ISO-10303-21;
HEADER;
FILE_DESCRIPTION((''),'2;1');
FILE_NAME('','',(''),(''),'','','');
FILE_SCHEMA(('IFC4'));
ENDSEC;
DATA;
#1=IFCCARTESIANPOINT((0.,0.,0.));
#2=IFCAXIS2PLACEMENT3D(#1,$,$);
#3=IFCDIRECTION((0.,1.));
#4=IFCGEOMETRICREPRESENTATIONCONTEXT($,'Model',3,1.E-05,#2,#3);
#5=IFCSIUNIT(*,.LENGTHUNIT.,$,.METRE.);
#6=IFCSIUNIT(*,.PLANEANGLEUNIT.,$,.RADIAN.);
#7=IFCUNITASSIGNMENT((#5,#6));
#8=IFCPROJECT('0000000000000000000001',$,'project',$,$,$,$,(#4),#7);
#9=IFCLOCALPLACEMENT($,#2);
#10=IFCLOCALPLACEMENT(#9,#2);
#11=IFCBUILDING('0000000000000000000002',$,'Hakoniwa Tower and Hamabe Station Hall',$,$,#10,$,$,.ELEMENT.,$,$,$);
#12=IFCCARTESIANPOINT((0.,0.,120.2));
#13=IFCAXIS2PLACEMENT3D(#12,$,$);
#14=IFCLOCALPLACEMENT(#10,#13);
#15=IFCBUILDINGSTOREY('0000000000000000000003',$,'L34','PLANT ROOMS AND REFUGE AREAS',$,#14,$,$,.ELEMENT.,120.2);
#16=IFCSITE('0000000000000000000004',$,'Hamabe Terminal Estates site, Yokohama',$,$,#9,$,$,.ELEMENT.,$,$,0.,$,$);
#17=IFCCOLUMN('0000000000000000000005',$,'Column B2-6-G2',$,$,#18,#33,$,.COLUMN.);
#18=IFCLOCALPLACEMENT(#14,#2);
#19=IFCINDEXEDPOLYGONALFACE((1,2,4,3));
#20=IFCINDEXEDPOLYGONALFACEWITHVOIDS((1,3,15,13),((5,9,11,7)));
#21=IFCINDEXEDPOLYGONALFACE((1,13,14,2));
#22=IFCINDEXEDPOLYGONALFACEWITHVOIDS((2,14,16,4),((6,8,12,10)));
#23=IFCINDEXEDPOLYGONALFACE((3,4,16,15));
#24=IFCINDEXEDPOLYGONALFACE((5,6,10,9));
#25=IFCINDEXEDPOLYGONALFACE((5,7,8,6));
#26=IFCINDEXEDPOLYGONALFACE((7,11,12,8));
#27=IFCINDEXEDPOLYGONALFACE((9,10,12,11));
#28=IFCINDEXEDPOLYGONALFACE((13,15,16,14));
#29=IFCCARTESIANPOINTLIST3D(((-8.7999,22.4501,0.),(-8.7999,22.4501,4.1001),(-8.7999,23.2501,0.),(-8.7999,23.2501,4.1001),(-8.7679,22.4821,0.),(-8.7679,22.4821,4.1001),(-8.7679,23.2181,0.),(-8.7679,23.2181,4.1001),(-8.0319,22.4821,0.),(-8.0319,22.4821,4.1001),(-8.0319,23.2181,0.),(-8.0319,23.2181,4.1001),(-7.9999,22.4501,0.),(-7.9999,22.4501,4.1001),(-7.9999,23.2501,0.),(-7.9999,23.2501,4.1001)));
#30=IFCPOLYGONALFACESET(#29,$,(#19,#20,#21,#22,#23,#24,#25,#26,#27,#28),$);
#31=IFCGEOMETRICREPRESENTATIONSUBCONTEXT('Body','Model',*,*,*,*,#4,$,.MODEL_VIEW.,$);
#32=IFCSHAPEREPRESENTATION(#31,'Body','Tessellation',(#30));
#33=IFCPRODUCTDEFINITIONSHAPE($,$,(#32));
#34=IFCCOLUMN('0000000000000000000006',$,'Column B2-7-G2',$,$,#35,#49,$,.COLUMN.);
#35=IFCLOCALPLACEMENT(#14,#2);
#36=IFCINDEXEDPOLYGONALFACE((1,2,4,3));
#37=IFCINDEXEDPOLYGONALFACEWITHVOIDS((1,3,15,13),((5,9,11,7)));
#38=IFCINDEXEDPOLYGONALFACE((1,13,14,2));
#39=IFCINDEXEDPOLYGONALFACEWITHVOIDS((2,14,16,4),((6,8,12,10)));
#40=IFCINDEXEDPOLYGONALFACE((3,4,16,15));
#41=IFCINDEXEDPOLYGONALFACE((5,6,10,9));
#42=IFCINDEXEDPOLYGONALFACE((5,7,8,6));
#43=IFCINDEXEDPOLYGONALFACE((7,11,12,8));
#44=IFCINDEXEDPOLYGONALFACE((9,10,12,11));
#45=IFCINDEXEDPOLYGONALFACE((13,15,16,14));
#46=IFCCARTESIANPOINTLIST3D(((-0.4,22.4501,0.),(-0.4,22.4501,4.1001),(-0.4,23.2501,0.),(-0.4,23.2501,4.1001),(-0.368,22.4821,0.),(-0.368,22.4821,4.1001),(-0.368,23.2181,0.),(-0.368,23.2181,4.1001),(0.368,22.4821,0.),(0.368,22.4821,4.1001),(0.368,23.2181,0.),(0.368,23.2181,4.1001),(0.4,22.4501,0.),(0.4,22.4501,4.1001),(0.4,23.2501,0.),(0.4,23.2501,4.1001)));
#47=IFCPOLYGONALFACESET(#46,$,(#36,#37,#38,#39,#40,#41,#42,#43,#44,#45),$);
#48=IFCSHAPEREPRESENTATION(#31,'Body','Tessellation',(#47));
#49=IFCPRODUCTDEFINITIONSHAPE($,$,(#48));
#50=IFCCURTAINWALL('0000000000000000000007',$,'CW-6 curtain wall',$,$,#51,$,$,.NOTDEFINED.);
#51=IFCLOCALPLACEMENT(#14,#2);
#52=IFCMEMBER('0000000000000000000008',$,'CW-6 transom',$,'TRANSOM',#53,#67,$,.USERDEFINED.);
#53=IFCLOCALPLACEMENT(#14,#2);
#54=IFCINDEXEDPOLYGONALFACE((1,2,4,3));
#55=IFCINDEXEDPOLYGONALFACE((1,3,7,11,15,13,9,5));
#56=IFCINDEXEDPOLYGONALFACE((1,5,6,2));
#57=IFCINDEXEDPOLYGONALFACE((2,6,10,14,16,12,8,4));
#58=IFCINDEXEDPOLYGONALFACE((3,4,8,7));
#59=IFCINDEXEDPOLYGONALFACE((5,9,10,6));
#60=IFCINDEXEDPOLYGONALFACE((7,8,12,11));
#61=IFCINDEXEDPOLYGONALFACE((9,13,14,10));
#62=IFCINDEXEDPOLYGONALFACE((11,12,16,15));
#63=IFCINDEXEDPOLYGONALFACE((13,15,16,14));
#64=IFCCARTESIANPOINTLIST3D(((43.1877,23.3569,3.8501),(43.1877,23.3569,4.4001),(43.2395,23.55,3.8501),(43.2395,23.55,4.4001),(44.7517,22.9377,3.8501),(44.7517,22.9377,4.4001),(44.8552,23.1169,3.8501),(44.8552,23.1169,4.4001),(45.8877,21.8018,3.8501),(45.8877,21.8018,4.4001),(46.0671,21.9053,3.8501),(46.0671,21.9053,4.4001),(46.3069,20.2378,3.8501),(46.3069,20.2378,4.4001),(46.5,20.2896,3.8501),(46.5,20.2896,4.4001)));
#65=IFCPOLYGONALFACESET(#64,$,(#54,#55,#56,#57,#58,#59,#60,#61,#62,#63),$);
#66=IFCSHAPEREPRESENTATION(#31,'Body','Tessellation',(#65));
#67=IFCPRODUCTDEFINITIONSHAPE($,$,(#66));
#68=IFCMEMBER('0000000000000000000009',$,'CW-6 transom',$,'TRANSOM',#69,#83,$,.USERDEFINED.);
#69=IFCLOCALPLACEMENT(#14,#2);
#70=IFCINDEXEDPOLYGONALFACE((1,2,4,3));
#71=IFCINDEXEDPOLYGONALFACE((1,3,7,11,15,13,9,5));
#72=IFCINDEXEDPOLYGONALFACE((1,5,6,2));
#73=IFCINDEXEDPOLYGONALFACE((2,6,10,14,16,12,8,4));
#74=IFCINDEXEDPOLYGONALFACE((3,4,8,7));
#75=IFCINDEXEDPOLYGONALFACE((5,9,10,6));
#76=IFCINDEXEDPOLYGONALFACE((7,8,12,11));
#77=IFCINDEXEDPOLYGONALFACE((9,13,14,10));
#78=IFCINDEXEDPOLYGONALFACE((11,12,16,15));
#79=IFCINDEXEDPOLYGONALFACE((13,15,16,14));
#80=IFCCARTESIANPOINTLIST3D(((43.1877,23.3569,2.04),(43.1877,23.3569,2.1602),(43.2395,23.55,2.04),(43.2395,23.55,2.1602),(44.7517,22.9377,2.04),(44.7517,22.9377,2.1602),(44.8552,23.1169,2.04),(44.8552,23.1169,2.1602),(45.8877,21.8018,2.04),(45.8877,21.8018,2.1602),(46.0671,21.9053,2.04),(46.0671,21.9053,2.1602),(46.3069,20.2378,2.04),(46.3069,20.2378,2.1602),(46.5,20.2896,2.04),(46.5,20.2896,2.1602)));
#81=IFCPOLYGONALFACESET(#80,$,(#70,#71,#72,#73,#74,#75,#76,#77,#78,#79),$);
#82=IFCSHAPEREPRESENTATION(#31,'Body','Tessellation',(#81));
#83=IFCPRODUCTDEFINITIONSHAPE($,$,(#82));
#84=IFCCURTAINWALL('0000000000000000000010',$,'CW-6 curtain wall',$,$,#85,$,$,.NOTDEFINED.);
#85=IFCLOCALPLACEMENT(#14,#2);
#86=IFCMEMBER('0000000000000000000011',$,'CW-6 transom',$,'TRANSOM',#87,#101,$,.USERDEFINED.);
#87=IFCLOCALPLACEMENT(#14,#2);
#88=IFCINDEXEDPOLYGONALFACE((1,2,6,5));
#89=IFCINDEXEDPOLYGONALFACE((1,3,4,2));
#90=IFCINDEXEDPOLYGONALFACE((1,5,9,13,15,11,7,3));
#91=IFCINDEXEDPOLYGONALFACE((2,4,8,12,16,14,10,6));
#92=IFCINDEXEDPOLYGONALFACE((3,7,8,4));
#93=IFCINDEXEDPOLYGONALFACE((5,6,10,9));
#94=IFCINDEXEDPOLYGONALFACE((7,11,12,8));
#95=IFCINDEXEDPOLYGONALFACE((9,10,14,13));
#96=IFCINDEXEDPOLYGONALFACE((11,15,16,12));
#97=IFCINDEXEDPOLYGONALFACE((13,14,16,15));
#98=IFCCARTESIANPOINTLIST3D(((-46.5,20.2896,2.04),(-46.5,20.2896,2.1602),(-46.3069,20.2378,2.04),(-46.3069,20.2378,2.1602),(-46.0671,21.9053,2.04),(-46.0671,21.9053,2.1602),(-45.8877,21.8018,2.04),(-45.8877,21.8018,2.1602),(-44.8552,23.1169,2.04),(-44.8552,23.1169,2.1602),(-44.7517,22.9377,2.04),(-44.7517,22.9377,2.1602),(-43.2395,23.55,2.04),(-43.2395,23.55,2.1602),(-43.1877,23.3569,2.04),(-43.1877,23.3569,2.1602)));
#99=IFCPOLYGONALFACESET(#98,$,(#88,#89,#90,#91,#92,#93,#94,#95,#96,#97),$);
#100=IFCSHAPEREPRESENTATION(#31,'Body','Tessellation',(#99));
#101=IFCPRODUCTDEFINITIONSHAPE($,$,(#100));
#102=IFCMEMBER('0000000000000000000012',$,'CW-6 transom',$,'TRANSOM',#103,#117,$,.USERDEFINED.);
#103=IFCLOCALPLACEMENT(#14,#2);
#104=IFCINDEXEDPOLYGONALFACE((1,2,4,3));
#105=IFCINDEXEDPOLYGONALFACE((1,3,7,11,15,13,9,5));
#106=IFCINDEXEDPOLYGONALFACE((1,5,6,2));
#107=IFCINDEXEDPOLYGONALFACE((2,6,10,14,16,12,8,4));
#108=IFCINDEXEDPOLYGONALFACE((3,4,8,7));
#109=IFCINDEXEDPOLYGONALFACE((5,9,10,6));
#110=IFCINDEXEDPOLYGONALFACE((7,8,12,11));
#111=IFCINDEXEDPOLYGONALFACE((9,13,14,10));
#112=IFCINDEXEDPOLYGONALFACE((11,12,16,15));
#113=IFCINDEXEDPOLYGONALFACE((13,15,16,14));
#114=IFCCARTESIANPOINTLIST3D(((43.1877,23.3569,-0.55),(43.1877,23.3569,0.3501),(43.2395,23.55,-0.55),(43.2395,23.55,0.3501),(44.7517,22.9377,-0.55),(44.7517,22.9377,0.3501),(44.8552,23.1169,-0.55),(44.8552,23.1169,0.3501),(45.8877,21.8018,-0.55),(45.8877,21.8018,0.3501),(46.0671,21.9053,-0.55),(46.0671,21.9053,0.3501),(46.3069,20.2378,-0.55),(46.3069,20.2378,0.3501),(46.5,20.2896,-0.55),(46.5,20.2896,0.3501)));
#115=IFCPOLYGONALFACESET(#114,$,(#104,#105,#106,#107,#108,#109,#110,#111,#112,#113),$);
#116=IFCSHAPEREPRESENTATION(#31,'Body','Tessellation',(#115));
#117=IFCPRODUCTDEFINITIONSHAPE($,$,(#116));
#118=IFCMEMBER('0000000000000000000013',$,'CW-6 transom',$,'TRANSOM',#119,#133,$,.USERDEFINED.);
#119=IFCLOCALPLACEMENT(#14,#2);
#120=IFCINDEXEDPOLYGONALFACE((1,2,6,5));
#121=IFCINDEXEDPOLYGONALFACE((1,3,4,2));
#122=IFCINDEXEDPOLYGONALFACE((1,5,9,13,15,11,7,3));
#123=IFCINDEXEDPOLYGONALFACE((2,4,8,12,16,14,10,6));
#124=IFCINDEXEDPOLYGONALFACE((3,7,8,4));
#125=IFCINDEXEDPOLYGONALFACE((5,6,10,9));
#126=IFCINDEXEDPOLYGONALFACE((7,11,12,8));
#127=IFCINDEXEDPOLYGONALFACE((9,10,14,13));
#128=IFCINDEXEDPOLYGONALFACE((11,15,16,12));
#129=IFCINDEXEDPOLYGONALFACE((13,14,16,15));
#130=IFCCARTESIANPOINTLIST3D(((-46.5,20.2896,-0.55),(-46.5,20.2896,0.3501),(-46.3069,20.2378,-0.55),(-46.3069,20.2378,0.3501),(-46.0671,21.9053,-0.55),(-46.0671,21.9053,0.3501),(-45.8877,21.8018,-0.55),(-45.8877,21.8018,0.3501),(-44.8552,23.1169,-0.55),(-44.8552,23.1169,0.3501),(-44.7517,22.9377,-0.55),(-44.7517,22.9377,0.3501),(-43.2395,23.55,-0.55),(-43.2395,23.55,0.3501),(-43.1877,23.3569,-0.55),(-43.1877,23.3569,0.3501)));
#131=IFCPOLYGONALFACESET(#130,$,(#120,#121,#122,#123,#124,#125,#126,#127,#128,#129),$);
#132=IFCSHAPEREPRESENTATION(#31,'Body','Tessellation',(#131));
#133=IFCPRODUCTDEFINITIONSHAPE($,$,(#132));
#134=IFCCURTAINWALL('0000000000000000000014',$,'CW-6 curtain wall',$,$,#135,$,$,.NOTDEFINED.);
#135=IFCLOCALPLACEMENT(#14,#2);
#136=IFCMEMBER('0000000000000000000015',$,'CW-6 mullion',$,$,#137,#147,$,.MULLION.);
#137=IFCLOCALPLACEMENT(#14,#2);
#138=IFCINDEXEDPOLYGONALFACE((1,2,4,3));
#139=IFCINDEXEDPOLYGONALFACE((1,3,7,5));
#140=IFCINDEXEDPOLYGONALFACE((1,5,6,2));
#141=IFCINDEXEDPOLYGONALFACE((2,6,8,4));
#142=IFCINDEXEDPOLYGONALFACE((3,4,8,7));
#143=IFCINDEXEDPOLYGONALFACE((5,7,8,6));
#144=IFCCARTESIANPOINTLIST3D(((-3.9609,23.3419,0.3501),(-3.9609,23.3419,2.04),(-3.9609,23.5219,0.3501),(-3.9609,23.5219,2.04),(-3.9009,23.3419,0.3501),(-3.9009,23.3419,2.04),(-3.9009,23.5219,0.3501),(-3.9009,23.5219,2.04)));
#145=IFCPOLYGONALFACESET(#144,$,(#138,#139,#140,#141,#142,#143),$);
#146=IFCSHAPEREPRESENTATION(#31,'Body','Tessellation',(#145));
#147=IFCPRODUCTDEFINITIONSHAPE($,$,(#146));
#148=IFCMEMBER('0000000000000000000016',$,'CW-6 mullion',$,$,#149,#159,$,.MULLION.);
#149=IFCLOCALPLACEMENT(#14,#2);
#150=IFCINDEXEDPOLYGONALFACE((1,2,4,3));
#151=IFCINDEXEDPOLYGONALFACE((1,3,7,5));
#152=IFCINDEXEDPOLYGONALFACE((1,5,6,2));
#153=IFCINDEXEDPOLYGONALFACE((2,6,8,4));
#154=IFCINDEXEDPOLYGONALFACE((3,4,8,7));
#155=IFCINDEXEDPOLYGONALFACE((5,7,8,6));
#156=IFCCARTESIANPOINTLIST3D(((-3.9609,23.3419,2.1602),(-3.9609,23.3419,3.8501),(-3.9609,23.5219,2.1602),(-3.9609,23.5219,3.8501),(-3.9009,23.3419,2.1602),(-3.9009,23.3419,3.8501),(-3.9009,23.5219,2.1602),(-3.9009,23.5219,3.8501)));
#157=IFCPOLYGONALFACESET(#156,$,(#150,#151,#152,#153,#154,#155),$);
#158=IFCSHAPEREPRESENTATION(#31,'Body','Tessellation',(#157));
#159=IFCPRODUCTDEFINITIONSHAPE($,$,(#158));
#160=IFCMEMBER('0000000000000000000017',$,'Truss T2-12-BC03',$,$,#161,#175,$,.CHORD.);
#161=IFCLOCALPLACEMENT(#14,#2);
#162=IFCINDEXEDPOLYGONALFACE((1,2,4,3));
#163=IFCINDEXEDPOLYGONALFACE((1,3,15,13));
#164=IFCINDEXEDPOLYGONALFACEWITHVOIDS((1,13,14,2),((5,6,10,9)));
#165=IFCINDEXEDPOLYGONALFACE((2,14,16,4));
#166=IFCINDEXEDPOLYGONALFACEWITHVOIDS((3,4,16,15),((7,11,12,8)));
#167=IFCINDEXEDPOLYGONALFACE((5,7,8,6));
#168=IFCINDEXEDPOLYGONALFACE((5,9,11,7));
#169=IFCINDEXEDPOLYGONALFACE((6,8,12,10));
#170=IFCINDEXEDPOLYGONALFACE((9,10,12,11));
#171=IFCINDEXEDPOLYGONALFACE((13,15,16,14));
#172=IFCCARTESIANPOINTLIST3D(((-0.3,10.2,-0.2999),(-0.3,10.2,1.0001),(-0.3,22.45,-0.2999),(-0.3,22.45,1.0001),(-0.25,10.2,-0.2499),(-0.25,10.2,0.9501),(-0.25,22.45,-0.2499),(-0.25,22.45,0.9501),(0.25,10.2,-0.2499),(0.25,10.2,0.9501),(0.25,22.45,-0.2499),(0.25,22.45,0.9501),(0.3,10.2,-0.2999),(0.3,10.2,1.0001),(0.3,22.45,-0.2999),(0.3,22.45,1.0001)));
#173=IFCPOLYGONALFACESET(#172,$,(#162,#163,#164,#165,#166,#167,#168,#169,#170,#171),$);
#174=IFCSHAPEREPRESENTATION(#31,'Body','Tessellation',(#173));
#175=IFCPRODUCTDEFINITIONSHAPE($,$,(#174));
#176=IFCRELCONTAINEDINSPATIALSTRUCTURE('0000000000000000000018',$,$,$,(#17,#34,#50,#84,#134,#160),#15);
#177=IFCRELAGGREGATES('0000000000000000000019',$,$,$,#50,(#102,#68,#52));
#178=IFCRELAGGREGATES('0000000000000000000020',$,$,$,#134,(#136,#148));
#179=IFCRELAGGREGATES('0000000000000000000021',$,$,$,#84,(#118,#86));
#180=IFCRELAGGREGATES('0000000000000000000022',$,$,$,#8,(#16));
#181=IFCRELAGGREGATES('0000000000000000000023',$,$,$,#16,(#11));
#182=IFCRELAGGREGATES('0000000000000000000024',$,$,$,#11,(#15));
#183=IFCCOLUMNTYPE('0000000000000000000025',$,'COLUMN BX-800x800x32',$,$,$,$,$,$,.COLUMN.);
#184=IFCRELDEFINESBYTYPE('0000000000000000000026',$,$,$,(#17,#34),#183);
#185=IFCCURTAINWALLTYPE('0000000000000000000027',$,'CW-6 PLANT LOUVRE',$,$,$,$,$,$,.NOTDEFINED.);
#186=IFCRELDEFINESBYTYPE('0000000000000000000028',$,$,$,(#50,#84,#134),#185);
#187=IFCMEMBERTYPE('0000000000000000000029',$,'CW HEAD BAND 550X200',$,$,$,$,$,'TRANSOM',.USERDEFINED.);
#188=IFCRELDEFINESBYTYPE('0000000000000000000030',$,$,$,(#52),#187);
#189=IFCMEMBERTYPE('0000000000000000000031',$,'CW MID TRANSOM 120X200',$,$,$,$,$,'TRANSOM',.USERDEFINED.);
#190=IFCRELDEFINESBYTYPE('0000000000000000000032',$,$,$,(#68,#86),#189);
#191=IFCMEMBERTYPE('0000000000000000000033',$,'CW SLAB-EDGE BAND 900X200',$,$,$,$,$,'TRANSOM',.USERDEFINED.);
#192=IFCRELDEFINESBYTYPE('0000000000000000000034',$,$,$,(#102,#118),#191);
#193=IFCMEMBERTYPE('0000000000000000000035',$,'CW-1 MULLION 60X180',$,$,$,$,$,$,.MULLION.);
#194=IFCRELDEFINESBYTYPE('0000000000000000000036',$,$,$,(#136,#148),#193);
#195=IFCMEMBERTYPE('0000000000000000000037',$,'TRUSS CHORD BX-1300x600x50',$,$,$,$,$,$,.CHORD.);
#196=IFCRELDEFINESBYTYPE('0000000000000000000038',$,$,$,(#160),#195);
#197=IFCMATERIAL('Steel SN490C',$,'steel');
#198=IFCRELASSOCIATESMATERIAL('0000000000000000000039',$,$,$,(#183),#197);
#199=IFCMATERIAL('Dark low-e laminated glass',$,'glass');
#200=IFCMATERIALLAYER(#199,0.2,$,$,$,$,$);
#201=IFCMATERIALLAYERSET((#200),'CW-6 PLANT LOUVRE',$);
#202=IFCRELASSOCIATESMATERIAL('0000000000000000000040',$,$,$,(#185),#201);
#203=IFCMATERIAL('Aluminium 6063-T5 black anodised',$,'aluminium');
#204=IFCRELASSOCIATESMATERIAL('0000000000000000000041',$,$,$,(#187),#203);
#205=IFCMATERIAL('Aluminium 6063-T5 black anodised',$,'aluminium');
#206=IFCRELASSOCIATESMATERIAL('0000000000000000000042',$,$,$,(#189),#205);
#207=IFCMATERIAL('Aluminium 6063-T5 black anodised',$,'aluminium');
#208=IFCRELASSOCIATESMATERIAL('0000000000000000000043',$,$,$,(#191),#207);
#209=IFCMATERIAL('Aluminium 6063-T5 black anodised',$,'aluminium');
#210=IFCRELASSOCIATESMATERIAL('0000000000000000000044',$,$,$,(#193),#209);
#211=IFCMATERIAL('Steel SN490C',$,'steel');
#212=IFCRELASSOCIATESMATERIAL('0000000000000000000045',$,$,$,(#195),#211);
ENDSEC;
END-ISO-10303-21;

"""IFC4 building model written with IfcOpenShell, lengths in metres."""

from ifc_helpers import new_model, si_unit, direction, frame, origin, origin_2d, place, context, subcontext, project, spatial, polyline, rectangle, hollow_rectangle, outline, extrude, material, layer, layer_set, material_profile, profile_set, type_object, element, aggregate, save


model = new_model("IFC4")

# Units and contexts
model_context = context("Model", 3, precision=1e-05, world=origin(), true_north=direction((0.0, 1.0)))
body_context = subcontext(model_context, "Body", "Model", "MODEL_VIEW")
ifc_project = project(units=[si_unit("LENGTHUNIT", "METRE"), si_unit("PLANEANGLEUNIT", "RADIAN")], contexts=[model_context])

# Site, building, storey
site_placement = place(None, origin())
site = spatial("IfcSite", under=ifc_project, at=site_placement, Name="Hamabe Terminal Estates site, Yokohama", CompositionType="ELEMENT", RefElevation=0.0)
building_placement = place(site_placement, origin())
building = spatial("IfcBuilding", under=site, at=building_placement, Name="Hakoniwa Tower and Hamabe Station Hall", CompositionType="ELEMENT")
storey_placement = place(building_placement, frame((0.0, 0.0, 120.2)))
storey = spatial("IfcBuildingStorey", under=building, at=storey_placement, Name="L34", Description="PLANT ROOMS AND REFUGE AREAS", CompositionType="ELEMENT", Elevation=120.2)

# Columns
ifc_material_1 = material(Name="Steel SN490C", Category="steel")
ifc_material_profile_1 = material_profile(ifc_material_1, hollow_rectangle(XDim=0.8, YDim=0.8, WallThickness=0.032, at=origin_2d()), Name="BX-800x800x32")
ifc_profile_set_1 = profile_set([ifc_material_profile_1], Name="Steel SN490C")
column_type = type_object("IfcColumnType", Name="COLUMN BX-800x800x32", PredefinedType="COLUMN", material=ifc_profile_set_1)
for number, where, z_axis, x_axis, name in (
    (1, (-8.3999, 22.8501, 0.0), (0.0, 0.0, 1.0), (1.0, 0.0, 0.0), "Column B2-6-G2"),
    (2, (0.0, 22.8501, 0.0), (0.0, 0.0, 1.0), (1.0, 0.0, 0.0), "Column B2-7-G2"),
):
    element("IfcColumn", number, at=place(storey_placement, frame(where, z_axis=z_axis, x_axis=x_axis)), inside=storey, type_object=column_type, Name=name, PredefinedType="COLUMN", context=body_context, shape_type="SweptSolid", body=[
        extrude(hollow_rectangle(XDim=0.8, YDim=0.8, WallThickness=0.032, at=origin_2d()), origin(), (0.0, 0.0, 1.0), 4.1001),
    ])

# Curtain wall, members
ifc_material_2 = material(Name="Dark low-e laminated glass", Category="glass")
ifc_layer_1 = layer(ifc_material_2, 0.2)
ifc_layer_set_1 = layer_set([ifc_layer_1], Name="CW-6 PLANT LOUVRE")
curtain_wall_type = type_object("IfcCurtainWallType", Name="CW-6 PLANT LOUVRE", PredefinedType="NOTDEFINED", material=ifc_layer_set_1)
curtain_wall_1_placement = place(storey_placement, origin())
curtain_wall_1 = element("IfcCurtainWall", 3, at=curtain_wall_1_placement, inside=storey, type_object=curtain_wall_type, Name="CW-6 curtain wall", PredefinedType="NOTDEFINED")
ifc_material_3 = material(Name="Aluminium 6063-T5 black anodised", Category="aluminium")
ifc_material_profile_2 = material_profile(ifc_material_3, rectangle(XDim=0.2, YDim=0.55, at=origin_2d()), Name="CW HEAD BAND 550X200")
ifc_profile_set_2 = profile_set([ifc_material_profile_2], Name="Aluminium 6063-T5 black anodised")
member_type_1 = type_object("IfcMemberType", Name="CW HEAD BAND 550X200", ElementType="TRANSOM", PredefinedType="USERDEFINED", material=ifc_profile_set_2)
member_1_placement = place(storey_placement, frame((0.0, 0.0, 3.8501)))
member_1 = element("IfcMember", 4, at=member_1_placement, type_object=member_type_1, Name="CW-6 transom", ObjectType="TRANSOM", PredefinedType="USERDEFINED", context=body_context, shape_type="SweptSolid", body=[
    extrude(outline(polyline([(46.5, 20.2896), (46.0671, 21.9053), (44.8552, 23.1169), (43.2395, 23.55), (43.1877, 23.3569), (44.7517, 22.9377), (45.8877, 21.8018), (46.3069, 20.2378), (46.5, 20.2896)])), origin(), (0.0, 0.0, 1.0), 0.55),
])
ifc_material_4 = material(Name="Aluminium 6063-T5 black anodised", Category="aluminium")
ifc_material_profile_3 = material_profile(ifc_material_4, rectangle(XDim=0.2, YDim=0.1201, at=origin_2d()), Name="CW MID TRANSOM 120X200")
ifc_profile_set_3 = profile_set([ifc_material_profile_3], Name="Aluminium 6063-T5 black anodised")
member_type_2 = type_object("IfcMemberType", Name="CW MID TRANSOM 120X200", ElementType="TRANSOM", PredefinedType="USERDEFINED", material=ifc_profile_set_3)
member_2_placement = place(storey_placement, frame((0.0, 0.0, 2.04)))
member_2 = element("IfcMember", 5, at=member_2_placement, type_object=member_type_2, Name="CW-6 transom", ObjectType="TRANSOM", PredefinedType="USERDEFINED", context=body_context, shape_type="SweptSolid", body=[
    extrude(outline(polyline([(46.5, 20.2896), (46.0671, 21.9053), (44.8552, 23.1169), (43.2395, 23.55), (43.1877, 23.3569), (44.7517, 22.9377), (45.8877, 21.8018), (46.3069, 20.2378), (46.5, 20.2896)])), origin(), (0.0, 0.0, 1.0), 0.1201),
])

# Curtain wall, member
curtain_wall_2_placement = place(storey_placement, origin())
curtain_wall_2 = element("IfcCurtainWall", 6, at=curtain_wall_2_placement, inside=storey, type_object=curtain_wall_type, Name="CW-6 curtain wall", PredefinedType="NOTDEFINED")
member_3_placement = place(storey_placement, frame((0.0, 0.0, 2.04)))
member_3 = element("IfcMember", 7, at=member_3_placement, type_object=member_type_2, Name="CW-6 transom", ObjectType="TRANSOM", PredefinedType="USERDEFINED", context=body_context, shape_type="SweptSolid", body=[
    extrude(outline(polyline([(-43.2395, 23.55), (-44.8552, 23.1169), (-46.0671, 21.9053), (-46.5, 20.2896), (-46.3069, 20.2378), (-45.8877, 21.8018), (-44.7517, 22.9377), (-43.1877, 23.3569), (-43.2395, 23.55)])), origin(), (0.0, 0.0, 1.0), 0.1201),
])

# Members
ifc_material_5 = material(Name="Aluminium 6063-T5 black anodised", Category="aluminium")
ifc_material_profile_4 = material_profile(ifc_material_5, rectangle(XDim=0.2, YDim=0.8999, at=origin_2d()), Name="CW SLAB-EDGE BAND 900X200")
ifc_profile_set_4 = profile_set([ifc_material_profile_4], Name="Aluminium 6063-T5 black anodised")
member_type_3 = type_object("IfcMemberType", Name="CW SLAB-EDGE BAND 900X200", ElementType="TRANSOM", PredefinedType="USERDEFINED", material=ifc_profile_set_4)
member_4_placement = place(storey_placement, frame((0.0, 0.0, -0.55)))
member_4 = element("IfcMember", 8, at=member_4_placement, type_object=member_type_3, Name="CW-6 transom", ObjectType="TRANSOM", PredefinedType="USERDEFINED", context=body_context, shape_type="SweptSolid", body=[
    extrude(outline(polyline([(46.5, 20.2896), (46.0671, 21.9053), (44.8552, 23.1169), (43.2395, 23.55), (43.1877, 23.3569), (44.7517, 22.9377), (45.8877, 21.8018), (46.3069, 20.2378), (46.5, 20.2896)])), origin(), (0.0, 0.0, 1.0), 0.9001),
])
member_5_placement = place(storey_placement, frame((0.0, 0.0, -0.55)))
member_5 = element("IfcMember", 9, at=member_5_placement, type_object=member_type_3, Name="CW-6 transom", ObjectType="TRANSOM", PredefinedType="USERDEFINED", context=body_context, shape_type="SweptSolid", body=[
    extrude(outline(polyline([(-43.2395, 23.55), (-44.8552, 23.1169), (-46.0671, 21.9053), (-46.5, 20.2896), (-46.3069, 20.2378), (-45.8877, 21.8018), (-44.7517, 22.9377), (-43.1877, 23.3569), (-43.2395, 23.55)])), origin(), (0.0, 0.0, 1.0), 0.9001),
])

# Curtain wall, members
curtain_wall_3_placement = place(storey_placement, origin())
curtain_wall_3 = element("IfcCurtainWall", 10, at=curtain_wall_3_placement, inside=storey, type_object=curtain_wall_type, Name="CW-6 curtain wall", PredefinedType="NOTDEFINED")
ifc_material_6 = material(Name="Aluminium 6063-T5 black anodised", Category="aluminium")
ifc_material_profile_5 = material_profile(ifc_material_6, rectangle(XDim=0.0601, YDim=0.1799, at=origin_2d()), Name="CW-1 MULLION 60X180")
ifc_profile_set_5 = profile_set([ifc_material_profile_5], Name="Aluminium 6063-T5 black anodised")
member_type_4 = type_object("IfcMemberType", Name="CW-1 MULLION 60X180", PredefinedType="MULLION", material=ifc_profile_set_5)
member_6_placement = place(storey_placement, frame((-3.9309, 23.4319, 0.3501), z_axis=(0.0, 0.0, 1.0), x_axis=(-1.0, 0.0, 0.0)))
member_6 = element("IfcMember", 11, at=member_6_placement, type_object=member_type_4, Name="CW-6 mullion", PredefinedType="MULLION", context=body_context, shape_type="SweptSolid", body=[
    extrude(rectangle(XDim=0.0601, YDim=0.1799, at=origin_2d()), origin(), (0.0, 0.0, 1.0), 1.6899),
])
member_7_placement = place(storey_placement, frame((-3.9309, 23.4319, 2.1602), z_axis=(0.0, 0.0, 1.0), x_axis=(-1.0, 0.0, 0.0)))
member_7 = element("IfcMember", 12, at=member_7_placement, type_object=member_type_4, Name="CW-6 mullion", PredefinedType="MULLION", context=body_context, shape_type="SweptSolid", body=[
    extrude(rectangle(XDim=0.0601, YDim=0.1799, at=origin_2d()), origin(), (0.0, 0.0, 1.0), 1.6899),
])

# Member
ifc_material_7 = material(Name="Steel SN490C", Category="steel")
ifc_material_profile_6 = material_profile(ifc_material_7, hollow_rectangle(XDim=0.6001, YDim=1.3, WallThickness=0.05, at=origin_2d()), Name="BX-1300x600x50")
ifc_profile_set_6 = profile_set([ifc_material_profile_6], Name="Steel SN490C")
member_type_5 = type_object("IfcMemberType", Name="TRUSS CHORD BX-1300x600x50", PredefinedType="CHORD", material=ifc_profile_set_6)
member_8_placement = place(storey_placement, frame((0.0, 10.2, 0.3501), z_axis=(0.0, 1.0, 0.0), x_axis=(-1.0, 0.0, 0.0)))
element("IfcMember", 13, at=member_8_placement, inside=storey, type_object=member_type_5, Name="Truss T2-12-BC03", PredefinedType="CHORD", context=body_context, shape_type="SweptSolid", body=[
    extrude(hollow_rectangle(XDim=0.6001, YDim=1.3, WallThickness=0.05, at=origin_2d()), origin(), (0.0, 0.0, 1.0), 12.25),
])

aggregate(curtain_wall_1, [member_4, member_2, member_1])
aggregate(curtain_wall_3, [member_6, member_7])
aggregate(curtain_wall_2, [member_5, member_3])

save(model, "model.ifc")
